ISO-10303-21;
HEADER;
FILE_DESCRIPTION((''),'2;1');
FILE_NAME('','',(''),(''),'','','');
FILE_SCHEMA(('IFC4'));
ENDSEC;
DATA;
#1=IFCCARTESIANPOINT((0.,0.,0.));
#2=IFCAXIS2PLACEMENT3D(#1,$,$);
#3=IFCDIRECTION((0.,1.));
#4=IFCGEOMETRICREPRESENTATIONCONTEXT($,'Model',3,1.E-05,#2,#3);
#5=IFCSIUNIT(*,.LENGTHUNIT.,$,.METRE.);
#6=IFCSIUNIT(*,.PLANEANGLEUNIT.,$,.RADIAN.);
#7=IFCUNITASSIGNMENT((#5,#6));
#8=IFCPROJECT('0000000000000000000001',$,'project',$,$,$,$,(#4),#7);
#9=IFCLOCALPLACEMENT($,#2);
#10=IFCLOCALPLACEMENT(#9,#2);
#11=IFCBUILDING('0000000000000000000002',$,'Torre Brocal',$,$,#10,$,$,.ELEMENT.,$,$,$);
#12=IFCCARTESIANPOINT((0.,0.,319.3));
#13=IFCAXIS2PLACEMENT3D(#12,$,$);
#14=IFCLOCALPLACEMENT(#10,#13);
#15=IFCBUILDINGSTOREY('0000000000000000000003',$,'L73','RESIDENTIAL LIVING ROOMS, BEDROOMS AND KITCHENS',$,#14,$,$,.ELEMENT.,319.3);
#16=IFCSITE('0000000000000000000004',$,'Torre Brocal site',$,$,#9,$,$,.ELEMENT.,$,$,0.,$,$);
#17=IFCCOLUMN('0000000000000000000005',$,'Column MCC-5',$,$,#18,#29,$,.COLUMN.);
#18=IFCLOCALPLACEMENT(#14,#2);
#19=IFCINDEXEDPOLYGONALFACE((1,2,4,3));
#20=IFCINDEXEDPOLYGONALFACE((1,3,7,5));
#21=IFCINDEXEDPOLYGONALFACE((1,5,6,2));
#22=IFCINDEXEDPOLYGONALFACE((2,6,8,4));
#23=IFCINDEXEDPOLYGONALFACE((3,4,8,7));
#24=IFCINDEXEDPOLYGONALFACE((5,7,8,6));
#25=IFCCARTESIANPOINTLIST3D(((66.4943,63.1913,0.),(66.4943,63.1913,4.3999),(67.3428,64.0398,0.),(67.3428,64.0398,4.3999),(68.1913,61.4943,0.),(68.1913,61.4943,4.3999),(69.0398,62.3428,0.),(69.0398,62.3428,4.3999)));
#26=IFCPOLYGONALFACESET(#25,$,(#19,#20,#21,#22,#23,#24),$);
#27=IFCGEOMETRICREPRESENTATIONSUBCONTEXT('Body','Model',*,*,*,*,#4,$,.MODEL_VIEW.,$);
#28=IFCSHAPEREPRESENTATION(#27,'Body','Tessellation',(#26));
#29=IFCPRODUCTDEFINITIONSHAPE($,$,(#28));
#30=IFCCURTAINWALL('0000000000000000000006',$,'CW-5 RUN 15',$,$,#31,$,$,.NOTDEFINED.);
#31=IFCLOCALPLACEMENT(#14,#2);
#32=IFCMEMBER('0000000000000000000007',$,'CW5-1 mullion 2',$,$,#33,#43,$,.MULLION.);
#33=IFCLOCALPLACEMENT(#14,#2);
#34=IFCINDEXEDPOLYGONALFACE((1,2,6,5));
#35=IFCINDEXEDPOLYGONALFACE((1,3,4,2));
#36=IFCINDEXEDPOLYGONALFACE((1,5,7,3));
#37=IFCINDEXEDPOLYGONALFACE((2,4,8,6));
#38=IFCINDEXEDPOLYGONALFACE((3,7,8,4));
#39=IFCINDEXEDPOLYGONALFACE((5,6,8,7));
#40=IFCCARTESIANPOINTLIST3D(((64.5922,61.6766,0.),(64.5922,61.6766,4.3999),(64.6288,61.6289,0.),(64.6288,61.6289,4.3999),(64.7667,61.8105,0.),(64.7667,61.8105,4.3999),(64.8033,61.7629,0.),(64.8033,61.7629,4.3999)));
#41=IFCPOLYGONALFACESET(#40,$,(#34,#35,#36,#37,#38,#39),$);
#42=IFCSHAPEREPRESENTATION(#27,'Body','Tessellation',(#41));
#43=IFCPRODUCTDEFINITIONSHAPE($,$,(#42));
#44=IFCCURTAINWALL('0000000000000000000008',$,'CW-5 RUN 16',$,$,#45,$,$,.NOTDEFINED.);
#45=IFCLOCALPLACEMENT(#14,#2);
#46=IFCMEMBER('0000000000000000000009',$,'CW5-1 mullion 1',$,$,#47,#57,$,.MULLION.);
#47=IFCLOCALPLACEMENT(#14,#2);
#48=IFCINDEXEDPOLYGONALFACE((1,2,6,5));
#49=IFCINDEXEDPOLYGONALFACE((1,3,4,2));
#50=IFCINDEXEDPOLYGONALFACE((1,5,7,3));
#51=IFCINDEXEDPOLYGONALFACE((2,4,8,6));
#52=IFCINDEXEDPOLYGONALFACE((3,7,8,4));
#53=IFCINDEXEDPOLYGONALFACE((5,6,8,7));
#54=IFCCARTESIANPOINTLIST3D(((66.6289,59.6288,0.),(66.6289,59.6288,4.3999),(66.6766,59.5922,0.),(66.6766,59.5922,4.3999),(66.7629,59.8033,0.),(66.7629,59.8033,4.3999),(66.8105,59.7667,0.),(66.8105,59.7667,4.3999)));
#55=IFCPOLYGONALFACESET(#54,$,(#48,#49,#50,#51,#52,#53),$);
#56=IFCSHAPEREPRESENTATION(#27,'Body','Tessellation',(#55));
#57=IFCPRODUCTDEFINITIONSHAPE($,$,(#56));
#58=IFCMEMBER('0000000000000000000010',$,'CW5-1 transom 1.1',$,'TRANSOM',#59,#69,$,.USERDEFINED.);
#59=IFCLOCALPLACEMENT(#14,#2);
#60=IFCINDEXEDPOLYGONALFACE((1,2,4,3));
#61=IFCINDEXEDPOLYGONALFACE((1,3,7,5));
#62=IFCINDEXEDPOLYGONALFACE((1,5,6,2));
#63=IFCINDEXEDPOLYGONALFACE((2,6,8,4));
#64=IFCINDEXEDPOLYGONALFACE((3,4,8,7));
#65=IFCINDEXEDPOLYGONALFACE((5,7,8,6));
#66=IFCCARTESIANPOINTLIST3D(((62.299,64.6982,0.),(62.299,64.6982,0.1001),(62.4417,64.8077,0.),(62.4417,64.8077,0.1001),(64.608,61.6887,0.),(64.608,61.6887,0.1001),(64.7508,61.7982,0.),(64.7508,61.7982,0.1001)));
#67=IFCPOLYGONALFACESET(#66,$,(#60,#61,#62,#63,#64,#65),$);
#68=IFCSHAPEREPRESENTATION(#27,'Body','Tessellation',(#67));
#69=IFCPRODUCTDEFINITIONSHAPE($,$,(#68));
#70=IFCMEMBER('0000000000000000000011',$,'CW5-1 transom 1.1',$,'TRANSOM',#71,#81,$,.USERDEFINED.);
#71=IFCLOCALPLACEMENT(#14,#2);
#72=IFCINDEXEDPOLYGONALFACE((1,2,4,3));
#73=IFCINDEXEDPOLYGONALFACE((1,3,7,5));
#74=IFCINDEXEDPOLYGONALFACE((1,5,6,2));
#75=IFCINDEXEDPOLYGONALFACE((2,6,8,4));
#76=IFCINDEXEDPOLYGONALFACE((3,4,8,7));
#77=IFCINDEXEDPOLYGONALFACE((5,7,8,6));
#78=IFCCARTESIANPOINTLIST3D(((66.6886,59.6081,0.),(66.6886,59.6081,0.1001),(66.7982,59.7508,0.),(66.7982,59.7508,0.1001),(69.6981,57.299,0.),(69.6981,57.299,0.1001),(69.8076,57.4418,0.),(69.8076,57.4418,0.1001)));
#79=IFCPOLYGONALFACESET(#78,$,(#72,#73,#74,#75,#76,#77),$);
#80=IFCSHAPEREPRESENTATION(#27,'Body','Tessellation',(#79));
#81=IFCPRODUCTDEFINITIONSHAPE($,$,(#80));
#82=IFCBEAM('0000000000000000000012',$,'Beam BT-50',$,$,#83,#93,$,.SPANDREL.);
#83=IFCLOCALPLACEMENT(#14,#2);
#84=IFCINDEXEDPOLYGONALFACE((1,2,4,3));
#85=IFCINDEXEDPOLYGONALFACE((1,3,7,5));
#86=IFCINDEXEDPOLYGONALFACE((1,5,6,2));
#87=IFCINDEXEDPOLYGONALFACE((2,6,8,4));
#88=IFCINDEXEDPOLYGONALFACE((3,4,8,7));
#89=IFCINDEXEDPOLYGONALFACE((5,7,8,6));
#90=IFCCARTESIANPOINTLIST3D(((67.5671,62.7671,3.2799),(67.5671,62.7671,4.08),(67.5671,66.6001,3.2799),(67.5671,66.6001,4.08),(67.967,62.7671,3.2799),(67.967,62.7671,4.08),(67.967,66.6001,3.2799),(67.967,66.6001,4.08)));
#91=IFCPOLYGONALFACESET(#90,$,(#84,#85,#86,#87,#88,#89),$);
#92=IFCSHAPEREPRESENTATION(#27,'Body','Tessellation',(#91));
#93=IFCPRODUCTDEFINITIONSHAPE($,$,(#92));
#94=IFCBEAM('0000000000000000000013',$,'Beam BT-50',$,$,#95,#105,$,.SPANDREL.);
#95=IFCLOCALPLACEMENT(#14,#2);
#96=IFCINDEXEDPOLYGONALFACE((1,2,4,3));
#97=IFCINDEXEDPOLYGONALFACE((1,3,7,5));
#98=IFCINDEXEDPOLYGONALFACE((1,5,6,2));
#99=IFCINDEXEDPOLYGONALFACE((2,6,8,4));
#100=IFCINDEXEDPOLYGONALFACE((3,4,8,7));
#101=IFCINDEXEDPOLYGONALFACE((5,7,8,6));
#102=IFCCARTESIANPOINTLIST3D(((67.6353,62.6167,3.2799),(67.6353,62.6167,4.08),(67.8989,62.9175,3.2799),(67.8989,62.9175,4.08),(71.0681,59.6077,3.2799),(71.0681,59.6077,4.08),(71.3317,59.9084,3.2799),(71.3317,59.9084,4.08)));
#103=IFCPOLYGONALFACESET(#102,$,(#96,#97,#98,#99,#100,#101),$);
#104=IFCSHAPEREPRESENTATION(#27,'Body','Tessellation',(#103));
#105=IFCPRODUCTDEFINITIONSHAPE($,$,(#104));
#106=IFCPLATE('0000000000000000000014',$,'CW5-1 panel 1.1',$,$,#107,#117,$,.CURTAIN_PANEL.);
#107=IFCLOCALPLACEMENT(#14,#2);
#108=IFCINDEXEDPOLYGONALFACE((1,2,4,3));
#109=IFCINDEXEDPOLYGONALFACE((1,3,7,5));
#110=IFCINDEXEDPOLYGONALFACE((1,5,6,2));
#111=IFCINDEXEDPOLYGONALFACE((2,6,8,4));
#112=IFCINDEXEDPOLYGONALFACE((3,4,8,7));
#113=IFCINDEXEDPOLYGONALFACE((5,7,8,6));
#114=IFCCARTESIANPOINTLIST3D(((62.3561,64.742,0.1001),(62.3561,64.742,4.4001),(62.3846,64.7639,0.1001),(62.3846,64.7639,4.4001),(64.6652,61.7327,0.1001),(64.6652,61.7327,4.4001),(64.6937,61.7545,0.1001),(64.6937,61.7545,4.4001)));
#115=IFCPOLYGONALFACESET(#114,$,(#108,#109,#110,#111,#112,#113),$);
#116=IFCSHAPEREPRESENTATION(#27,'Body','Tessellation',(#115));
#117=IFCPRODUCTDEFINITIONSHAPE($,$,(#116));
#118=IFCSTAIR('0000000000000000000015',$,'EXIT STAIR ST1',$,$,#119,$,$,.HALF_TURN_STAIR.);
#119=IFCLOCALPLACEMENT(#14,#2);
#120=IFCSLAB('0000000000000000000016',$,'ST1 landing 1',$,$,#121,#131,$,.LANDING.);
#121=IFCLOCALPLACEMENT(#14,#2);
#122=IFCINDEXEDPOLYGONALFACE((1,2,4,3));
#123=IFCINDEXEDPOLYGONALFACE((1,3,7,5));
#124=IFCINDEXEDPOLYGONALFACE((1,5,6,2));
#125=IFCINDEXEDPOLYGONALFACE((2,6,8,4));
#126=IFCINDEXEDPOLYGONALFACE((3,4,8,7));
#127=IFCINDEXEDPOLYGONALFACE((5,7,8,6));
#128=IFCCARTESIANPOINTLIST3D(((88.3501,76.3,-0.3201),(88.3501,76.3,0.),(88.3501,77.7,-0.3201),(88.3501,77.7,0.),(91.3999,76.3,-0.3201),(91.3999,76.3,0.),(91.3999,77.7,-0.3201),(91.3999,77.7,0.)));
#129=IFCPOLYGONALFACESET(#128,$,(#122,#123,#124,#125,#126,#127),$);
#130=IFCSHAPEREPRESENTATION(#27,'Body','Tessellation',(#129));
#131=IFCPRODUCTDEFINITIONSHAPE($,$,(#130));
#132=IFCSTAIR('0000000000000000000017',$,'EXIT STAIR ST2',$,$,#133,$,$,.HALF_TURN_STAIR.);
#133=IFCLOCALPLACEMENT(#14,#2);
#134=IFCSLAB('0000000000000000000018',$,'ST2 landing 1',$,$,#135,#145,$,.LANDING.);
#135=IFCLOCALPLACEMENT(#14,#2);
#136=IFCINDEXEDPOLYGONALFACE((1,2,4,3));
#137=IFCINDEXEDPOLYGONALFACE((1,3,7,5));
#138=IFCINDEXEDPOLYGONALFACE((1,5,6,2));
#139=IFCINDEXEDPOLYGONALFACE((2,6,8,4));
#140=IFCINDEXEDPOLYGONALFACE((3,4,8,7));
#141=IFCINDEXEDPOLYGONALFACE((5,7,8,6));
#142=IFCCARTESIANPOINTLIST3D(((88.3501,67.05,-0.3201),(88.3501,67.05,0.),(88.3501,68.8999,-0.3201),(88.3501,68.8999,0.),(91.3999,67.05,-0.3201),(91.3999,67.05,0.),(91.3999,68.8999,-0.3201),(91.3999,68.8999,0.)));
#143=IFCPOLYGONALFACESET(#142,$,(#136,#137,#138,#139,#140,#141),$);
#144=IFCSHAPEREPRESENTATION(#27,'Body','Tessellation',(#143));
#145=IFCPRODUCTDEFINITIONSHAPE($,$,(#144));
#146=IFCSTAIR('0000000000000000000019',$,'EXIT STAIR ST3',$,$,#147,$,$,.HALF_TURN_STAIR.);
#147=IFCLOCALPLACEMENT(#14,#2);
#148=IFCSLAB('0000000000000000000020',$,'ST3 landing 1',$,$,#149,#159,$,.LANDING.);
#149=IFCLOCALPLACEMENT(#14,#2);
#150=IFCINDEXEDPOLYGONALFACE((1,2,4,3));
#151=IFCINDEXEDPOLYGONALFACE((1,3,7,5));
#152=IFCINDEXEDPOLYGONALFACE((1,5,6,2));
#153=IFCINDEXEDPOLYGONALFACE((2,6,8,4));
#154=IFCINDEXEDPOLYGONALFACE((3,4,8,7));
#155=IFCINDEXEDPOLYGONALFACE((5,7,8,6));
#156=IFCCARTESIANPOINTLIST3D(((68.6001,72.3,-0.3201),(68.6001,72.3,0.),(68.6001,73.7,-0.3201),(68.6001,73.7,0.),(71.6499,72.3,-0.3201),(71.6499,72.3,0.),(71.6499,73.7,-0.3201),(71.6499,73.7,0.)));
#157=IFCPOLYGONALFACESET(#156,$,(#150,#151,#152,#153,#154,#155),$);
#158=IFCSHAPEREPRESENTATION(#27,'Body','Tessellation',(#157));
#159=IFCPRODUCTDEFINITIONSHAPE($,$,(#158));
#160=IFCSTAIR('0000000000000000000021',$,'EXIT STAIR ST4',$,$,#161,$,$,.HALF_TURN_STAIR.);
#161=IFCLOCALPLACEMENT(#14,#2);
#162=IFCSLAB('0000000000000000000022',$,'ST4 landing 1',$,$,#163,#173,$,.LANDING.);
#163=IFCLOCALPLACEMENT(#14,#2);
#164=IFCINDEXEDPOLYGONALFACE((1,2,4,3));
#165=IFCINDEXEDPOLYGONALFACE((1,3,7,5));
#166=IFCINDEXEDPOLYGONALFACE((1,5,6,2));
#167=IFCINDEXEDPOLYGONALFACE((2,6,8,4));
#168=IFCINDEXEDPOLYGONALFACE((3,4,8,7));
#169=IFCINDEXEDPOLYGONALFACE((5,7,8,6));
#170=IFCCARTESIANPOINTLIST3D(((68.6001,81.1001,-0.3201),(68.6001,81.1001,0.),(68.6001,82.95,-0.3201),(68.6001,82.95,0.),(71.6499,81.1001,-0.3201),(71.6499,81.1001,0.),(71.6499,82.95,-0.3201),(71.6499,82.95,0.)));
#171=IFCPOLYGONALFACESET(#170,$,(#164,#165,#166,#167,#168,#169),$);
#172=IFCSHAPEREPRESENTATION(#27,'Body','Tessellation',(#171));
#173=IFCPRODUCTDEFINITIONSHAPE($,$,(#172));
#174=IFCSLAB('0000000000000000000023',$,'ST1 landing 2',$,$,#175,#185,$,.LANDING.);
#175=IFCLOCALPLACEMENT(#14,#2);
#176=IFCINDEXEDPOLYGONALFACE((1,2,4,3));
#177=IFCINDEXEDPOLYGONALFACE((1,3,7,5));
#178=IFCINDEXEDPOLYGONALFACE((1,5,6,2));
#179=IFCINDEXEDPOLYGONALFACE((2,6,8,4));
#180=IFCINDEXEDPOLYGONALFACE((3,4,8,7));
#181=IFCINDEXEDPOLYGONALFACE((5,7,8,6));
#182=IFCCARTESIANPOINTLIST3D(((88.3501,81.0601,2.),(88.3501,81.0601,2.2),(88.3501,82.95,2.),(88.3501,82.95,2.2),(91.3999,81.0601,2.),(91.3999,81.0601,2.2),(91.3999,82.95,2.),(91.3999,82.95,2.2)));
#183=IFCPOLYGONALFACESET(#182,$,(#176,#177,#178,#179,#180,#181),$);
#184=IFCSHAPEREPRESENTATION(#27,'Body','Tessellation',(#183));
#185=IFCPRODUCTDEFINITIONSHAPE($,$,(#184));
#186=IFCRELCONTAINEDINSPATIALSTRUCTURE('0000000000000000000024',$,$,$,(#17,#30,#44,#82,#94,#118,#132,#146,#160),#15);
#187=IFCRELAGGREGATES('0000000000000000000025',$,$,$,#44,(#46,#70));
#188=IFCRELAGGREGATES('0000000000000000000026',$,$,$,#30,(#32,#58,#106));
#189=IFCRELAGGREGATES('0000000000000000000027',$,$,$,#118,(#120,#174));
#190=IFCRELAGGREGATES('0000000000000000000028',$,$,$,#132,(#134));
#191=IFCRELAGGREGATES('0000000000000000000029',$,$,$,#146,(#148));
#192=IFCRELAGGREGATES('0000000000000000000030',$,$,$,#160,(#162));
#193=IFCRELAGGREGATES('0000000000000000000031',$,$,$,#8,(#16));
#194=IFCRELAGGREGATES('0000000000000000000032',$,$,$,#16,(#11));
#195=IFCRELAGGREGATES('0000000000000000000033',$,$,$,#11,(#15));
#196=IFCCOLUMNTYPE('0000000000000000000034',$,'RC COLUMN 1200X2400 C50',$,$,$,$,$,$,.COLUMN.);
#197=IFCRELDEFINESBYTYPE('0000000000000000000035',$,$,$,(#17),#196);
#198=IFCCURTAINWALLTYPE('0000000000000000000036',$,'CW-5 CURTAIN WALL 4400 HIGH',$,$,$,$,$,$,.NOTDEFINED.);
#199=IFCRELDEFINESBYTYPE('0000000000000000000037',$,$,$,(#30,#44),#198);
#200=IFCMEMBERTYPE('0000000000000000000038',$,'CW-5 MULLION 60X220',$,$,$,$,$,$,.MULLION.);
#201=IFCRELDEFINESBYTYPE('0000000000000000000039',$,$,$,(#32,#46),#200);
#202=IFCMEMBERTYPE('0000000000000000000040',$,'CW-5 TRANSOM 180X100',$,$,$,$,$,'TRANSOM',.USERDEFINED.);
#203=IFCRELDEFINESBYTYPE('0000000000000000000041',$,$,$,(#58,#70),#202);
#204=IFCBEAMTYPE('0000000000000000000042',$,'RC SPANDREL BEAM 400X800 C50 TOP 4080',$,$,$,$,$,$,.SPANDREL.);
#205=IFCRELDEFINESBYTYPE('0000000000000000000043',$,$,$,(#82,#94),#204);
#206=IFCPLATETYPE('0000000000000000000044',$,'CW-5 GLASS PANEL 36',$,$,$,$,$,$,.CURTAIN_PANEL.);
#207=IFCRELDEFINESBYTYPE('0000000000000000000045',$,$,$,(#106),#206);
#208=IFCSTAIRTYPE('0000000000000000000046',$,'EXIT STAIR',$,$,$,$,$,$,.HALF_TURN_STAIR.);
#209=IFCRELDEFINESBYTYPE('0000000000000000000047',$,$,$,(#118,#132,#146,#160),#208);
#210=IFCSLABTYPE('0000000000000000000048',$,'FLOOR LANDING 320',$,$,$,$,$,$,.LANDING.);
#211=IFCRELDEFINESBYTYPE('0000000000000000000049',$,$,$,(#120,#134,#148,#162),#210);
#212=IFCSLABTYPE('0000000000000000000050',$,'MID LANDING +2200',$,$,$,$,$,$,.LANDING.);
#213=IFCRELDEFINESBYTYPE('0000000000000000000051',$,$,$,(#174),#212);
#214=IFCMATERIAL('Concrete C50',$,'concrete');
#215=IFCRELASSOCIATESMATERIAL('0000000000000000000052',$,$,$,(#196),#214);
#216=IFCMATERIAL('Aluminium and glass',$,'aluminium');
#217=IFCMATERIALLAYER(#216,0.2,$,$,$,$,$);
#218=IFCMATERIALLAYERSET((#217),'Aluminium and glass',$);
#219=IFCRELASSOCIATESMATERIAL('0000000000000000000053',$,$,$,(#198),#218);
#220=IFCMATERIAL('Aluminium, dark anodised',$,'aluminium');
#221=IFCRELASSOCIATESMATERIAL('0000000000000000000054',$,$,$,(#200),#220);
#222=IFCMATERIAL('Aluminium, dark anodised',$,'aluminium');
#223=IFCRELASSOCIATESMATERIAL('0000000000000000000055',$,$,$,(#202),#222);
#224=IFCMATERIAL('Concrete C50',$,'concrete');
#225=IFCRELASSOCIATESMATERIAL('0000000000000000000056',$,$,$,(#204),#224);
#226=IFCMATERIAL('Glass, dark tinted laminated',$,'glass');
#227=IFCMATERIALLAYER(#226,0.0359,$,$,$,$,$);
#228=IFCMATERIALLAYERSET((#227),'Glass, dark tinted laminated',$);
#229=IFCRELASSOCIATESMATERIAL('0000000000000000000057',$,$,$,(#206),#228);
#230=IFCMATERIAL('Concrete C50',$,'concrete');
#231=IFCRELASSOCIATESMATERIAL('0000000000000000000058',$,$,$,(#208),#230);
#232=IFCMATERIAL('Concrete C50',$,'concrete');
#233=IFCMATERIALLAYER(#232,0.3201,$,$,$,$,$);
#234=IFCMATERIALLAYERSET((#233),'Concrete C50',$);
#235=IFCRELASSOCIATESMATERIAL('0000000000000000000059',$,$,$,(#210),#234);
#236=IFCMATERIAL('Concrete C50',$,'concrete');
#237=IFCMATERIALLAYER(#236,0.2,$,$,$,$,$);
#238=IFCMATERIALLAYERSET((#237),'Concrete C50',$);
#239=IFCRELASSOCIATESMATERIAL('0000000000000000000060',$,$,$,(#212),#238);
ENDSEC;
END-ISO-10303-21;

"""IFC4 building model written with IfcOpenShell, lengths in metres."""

from ifc_helpers import new_model, si_unit, direction, frame, origin, origin_2d, place, context, subcontext, project, spatial, polyline, rectangle, outline, extrude, material, layer, layer_set, material_profile, profile_set, type_object, element, aggregate, save


model = new_model("IFC4")

# Units and contexts
model_context = context("Model", 3, precision=1e-05, world=origin(), true_north=direction((0.0, 1.0)))
body_context = subcontext(model_context, "Body", "Model", "MODEL_VIEW")
ifc_project = project(units=[si_unit("LENGTHUNIT", "METRE"), si_unit("PLANEANGLEUNIT", "RADIAN")], contexts=[model_context])

# Site, building, storey
site_placement = place(None, origin())
site = spatial("IfcSite", under=ifc_project, at=site_placement, Name="Torre Brocal site", CompositionType="ELEMENT", RefElevation=0.0)
building_placement = place(site_placement, origin())
building = spatial("IfcBuilding", under=site, at=building_placement, Name="Torre Brocal", CompositionType="ELEMENT")
storey_placement = place(building_placement, frame((0.0, 0.0, 319.3)))
storey = spatial("IfcBuildingStorey", under=building, at=storey_placement, Name="L73", Description="RESIDENTIAL LIVING ROOMS, BEDROOMS AND KITCHENS", CompositionType="ELEMENT", Elevation=319.3)

# Column
ifc_material_1 = material(Name="Concrete C50", Category="concrete")
ifc_material_profile_1 = material_profile(ifc_material_1, rectangle(XDim=1.2, YDim=2.3999, at=origin_2d()), Name="RC 1200X2400")
ifc_profile_set_1 = profile_set([ifc_material_profile_1], Name="Concrete C50")
column_type = type_object("IfcColumnType", Name="RC COLUMN 1200X2400 C50", PredefinedType="COLUMN", material=ifc_profile_set_1)
column_placement = place(storey_placement, frame((67.7671, 62.7671, 0.0), z_axis=(0.0, 0.0, 1.0), x_axis=(-0.707107, -0.707107, 0.0)))
element("IfcColumn", 1, at=column_placement, inside=storey, type_object=column_type, Name="Column MCC-5", PredefinedType="COLUMN", context=body_context, shape_type="SweptSolid", body=[
    extrude(rectangle(XDim=1.2, YDim=2.3999, at=origin_2d()), origin(), (0.0, 0.0, 1.0), 4.3999),
])

# Curtain walls, members
ifc_material_2 = material(Name="Aluminium and glass", Category="aluminium")
ifc_layer_1 = layer(ifc_material_2, 0.2)
ifc_layer_set_1 = layer_set([ifc_layer_1], Name="Aluminium and glass")
curtain_wall_type = type_object("IfcCurtainWallType", Name="CW-5 CURTAIN WALL 4400 HIGH", PredefinedType="NOTDEFINED", material=ifc_layer_set_1)
curtain_wall_1_placement = place(storey_placement, origin())
curtain_wall_1 = element("IfcCurtainWall", 2, at=curtain_wall_1_placement, inside=storey, type_object=curtain_wall_type, Name="CW-5 RUN 15", PredefinedType="NOTDEFINED")
ifc_material_3 = material(Name="Aluminium, dark anodised", Category="aluminium")
ifc_material_profile_2 = material_profile(ifc_material_3, rectangle(XDim=0.22, YDim=0.0601, at=origin_2d()), Name="CW-5 MULLION 60X220")
ifc_profile_set_2 = profile_set([ifc_material_profile_2], Name="Aluminium, dark anodised")
member_type_1 = type_object("IfcMemberType", Name="CW-5 MULLION 60X220", PredefinedType="MULLION", material=ifc_profile_set_2)
member_1_placement = place(storey_placement, frame((64.6978, 61.7197, 0.0), z_axis=(0.0, 0.0, 1.0), x_axis=(0.793353, 0.608761, 0.0)))
member_1 = element("IfcMember", 3, at=member_1_placement, type_object=member_type_1, Name="CW5-1 mullion 2", PredefinedType="MULLION", context=body_context, shape_type="SweptSolid", body=[
    extrude(rectangle(XDim=0.22, YDim=0.0601, at=origin_2d()), origin(), (0.0, 0.0, 1.0), 4.3999),
])
curtain_wall_2_placement = place(storey_placement, origin())
curtain_wall_2 = element("IfcCurtainWall", 4, at=curtain_wall_2_placement, inside=storey, type_object=curtain_wall_type, Name="CW-5 RUN 16", PredefinedType="NOTDEFINED")
member_2_placement = place(storey_placement, frame((66.7197, 59.6978, 0.0), z_axis=(0.0, 0.0, 1.0), x_axis=(0.608761, 0.793353, 0.0)))
member_2 = element("IfcMember", 5, at=member_2_placement, type_object=member_type_1, Name="CW5-1 mullion 1", PredefinedType="MULLION", context=body_context, shape_type="SweptSolid", body=[
    extrude(rectangle(XDim=0.22, YDim=0.0601, at=origin_2d()), origin(), (0.0, 0.0, 1.0), 4.3999),
])

# Members
ifc_material_4 = material(Name="Aluminium, dark anodised", Category="aluminium")
ifc_material_profile_3 = material_profile(ifc_material_4, rectangle(XDim=0.1799, YDim=0.1001, at=origin_2d()), Name="CW-5 TRANSOM 180X100")
ifc_profile_set_3 = profile_set([ifc_material_profile_3], Name="Aluminium, dark anodised")
member_type_2 = type_object("IfcMemberType", Name="CW-5 TRANSOM 180X100", ElementType="TRANSOM", PredefinedType="USERDEFINED", material=ifc_profile_set_3)
member_3_placement = place(storey_placement, frame((62.3704, 64.7529, 0.05), z_axis=(0.608727, -0.793379, 0.0), x_axis=(0.793379, 0.608727, 0.0)))
member_3 = element("IfcMember", 6, at=member_3_placement, type_object=member_type_2, Name="CW5-1 transom 1.1", ObjectType="TRANSOM", PredefinedType="USERDEFINED", context=body_context, shape_type="SweptSolid", body=[
    extrude(rectangle(XDim=0.1799, YDim=0.1001, at=origin_2d()), origin(), (0.0, 0.0, 1.0), 3.7932),
])
member_4_placement = place(storey_placement, frame((66.7434, 59.6794, 0.05), z_axis=(0.793379, -0.608727, 0.0), x_axis=(0.608727, 0.793379, 0.0)))
member_4 = element("IfcMember", 7, at=member_4_placement, type_object=member_type_2, Name="CW5-1 transom 1.1", ObjectType="TRANSOM", PredefinedType="USERDEFINED", context=body_context, shape_type="SweptSolid", body=[
    extrude(rectangle(XDim=0.1799, YDim=0.1001, at=origin_2d()), origin(), (0.0, 0.0, 1.0), 3.7932),
])
aggregate(curtain_wall_2, [member_2, member_4])

# Beams
ifc_material_5 = material(Name="Concrete C50", Category="concrete")
ifc_material_profile_4 = material_profile(ifc_material_5, rectangle(XDim=0.3999, YDim=0.8, at=origin_2d()), Name="RC 400X800")
ifc_profile_set_4 = profile_set([ifc_material_profile_4], Name="Concrete C50")
beam_type = type_object("IfcBeamType", Name="RC SPANDREL BEAM 400X800 C50 TOP 4080", PredefinedType="SPANDREL", material=ifc_profile_set_4)
beam_1_placement = place(storey_placement, frame((67.7671, 62.7671, 3.6799), z_axis=(0.0, 1.0, 0.0), x_axis=(-1.0, 0.0, 0.0)))
element("IfcBeam", 8, at=beam_1_placement, inside=storey, type_object=beam_type, Name="Beam BT-50", PredefinedType="SPANDREL", context=body_context, shape_type="SweptSolid", body=[
    extrude(rectangle(XDim=0.3999, YDim=0.8, at=origin_2d()), origin(), (0.0, 0.0, 1.0), 3.833),
])
beam_2_placement = place(storey_placement, frame((67.7671, 62.7671, 3.6799), z_axis=(0.752003, -0.659159, 0.0), x_axis=(0.659159, 0.752003, 0.0)))
element("IfcBeam", 9, at=beam_2_placement, inside=storey, type_object=beam_type, Name="Beam BT-50", PredefinedType="SPANDREL", context=body_context, shape_type="SweptSolid", body=[
    extrude(rectangle(XDim=0.3999, YDim=0.8, at=origin_2d()), origin(), (0.0, 0.0, 1.0), 4.5649),
])

# Plate
ifc_material_6 = material(Name="Glass, dark tinted laminated", Category="glass")
ifc_layer_2 = layer(ifc_material_6, 0.0359)
ifc_layer_set_2 = layer_set([ifc_layer_2], Name="Glass, dark tinted laminated")
plate_type = type_object("IfcPlateType", Name="CW-5 GLASS PANEL 36", PredefinedType="CURTAIN_PANEL", material=ifc_layer_set_2)
plate_placement = place(storey_placement, frame((63.5249, 63.2483, 0.1001), z_axis=(0.0, 0.0, 1.0), x_axis=(0.608761, -0.793353, 0.0)))
plate = element("IfcPlate", 10, at=plate_placement, type_object=plate_type, Name="CW5-1 panel 1.1", PredefinedType="CURTAIN_PANEL", context=body_context, shape_type="SweptSolid", body=[
    extrude(rectangle(XDim=3.7932, YDim=0.0359, at=origin_2d()), origin(), (0.0, 0.0, 1.0), 4.3),
])
aggregate(curtain_wall_1, [member_1, member_3, plate])

# Stairs, slabs
ifc_material_7 = material(Name="Concrete C50", Category="concrete")
stair_type = type_object("IfcStairType", Name="EXIT STAIR", PredefinedType="HALF_TURN_STAIR", material=ifc_material_7)
stair_1_placement = place(storey_placement, origin())
stair_1 = element("IfcStair", 11, at=stair_1_placement, inside=storey, type_object=stair_type, Name="EXIT STAIR ST1", PredefinedType="HALF_TURN_STAIR")
ifc_material_8 = material(Name="Concrete C50", Category="concrete")
ifc_layer_3 = layer(ifc_material_8, 0.3201)
ifc_layer_set_3 = layer_set([ifc_layer_3], Name="Concrete C50")
slab_type_1 = type_object("IfcSlabType", Name="FLOOR LANDING 320", PredefinedType="LANDING", material=ifc_layer_set_3)
slab_1_placement = place(storey_placement, frame((0.0, 0.0, -0.3201)))
slab_1 = element("IfcSlab", 12, at=slab_1_placement, type_object=slab_type_1, Name="ST1 landing 1", PredefinedType="LANDING", context=body_context, shape_type="SweptSolid", body=[
    extrude(outline(polyline([(88.3501, 76.3), (91.3999, 76.3), (91.3999, 77.7), (88.3501, 77.7), (88.3501, 76.3)])), origin(), (0.0, 0.0, 1.0), 0.3201),
])
stair_2_placement = place(storey_placement, origin())
stair_2 = element("IfcStair", 13, at=stair_2_placement, inside=storey, type_object=stair_type, Name="EXIT STAIR ST2", PredefinedType="HALF_TURN_STAIR")
slab_2_placement = place(storey_placement, frame((0.0, 0.0, -0.3201)))
slab_2 = element("IfcSlab", 14, at=slab_2_placement, type_object=slab_type_1, Name="ST2 landing 1", PredefinedType="LANDING", context=body_context, shape_type="SweptSolid", body=[
    extrude(outline(polyline([(88.3501, 67.05), (91.3999, 67.05), (91.3999, 68.8999), (88.3501, 68.8999), (88.3501, 67.05)])), origin(), (0.0, 0.0, 1.0), 0.3201),
])
stair_3_placement = place(storey_placement, origin())
stair_3 = element("IfcStair", 15, at=stair_3_placement, inside=storey, type_object=stair_type, Name="EXIT STAIR ST3", PredefinedType="HALF_TURN_STAIR")
slab_3_placement = place(storey_placement, frame((0.0, 0.0, -0.3201)))
slab_3 = element("IfcSlab", 16, at=slab_3_placement, type_object=slab_type_1, Name="ST3 landing 1", PredefinedType="LANDING", context=body_context, shape_type="SweptSolid", body=[
    extrude(outline(polyline([(71.6499, 73.7), (68.6001, 73.7), (68.6001, 72.3), (71.6499, 72.3), (71.6499, 73.7)])), origin(), (0.0, 0.0, 1.0), 0.3201),
])
stair_4_placement = place(storey_placement, origin())
stair_4 = element("IfcStair", 17, at=stair_4_placement, inside=storey, type_object=stair_type, Name="EXIT STAIR ST4", PredefinedType="HALF_TURN_STAIR")
slab_4_placement = place(storey_placement, frame((0.0, 0.0, -0.3201)))
slab_4 = element("IfcSlab", 18, at=slab_4_placement, type_object=slab_type_1, Name="ST4 landing 1", PredefinedType="LANDING", context=body_context, shape_type="SweptSolid", body=[
    extrude(outline(polyline([(71.6499, 82.95), (68.6001, 82.95), (68.6001, 81.1001), (71.6499, 81.1001), (71.6499, 82.95)])), origin(), (0.0, 0.0, 1.0), 0.3201),
])

# Slab
ifc_material_9 = material(Name="Concrete C50", Category="concrete")
ifc_layer_4 = layer(ifc_material_9, 0.2)
ifc_layer_set_4 = layer_set([ifc_layer_4], Name="Concrete C50")
slab_type_2 = type_object("IfcSlabType", Name="MID LANDING +2200", PredefinedType="LANDING", material=ifc_layer_set_4)
slab_5_placement = place(storey_placement, frame((0.0, 0.0, 2.0)))
slab_5 = element("IfcSlab", 19, at=slab_5_placement, type_object=slab_type_2, Name="ST1 landing 2", PredefinedType="LANDING", context=body_context, shape_type="SweptSolid", body=[
    extrude(outline(polyline([(88.3501, 81.0601), (91.3999, 81.0601), (91.3999, 82.95), (88.3501, 82.95), (88.3501, 81.0601)])), origin(), (0.0, 0.0, 1.0), 0.2),
])
aggregate(stair_1, [slab_1, slab_5])
aggregate(stair_2, [slab_2])
aggregate(stair_3, [slab_3])
aggregate(stair_4, [slab_4])

save(model, "model.ifc")
